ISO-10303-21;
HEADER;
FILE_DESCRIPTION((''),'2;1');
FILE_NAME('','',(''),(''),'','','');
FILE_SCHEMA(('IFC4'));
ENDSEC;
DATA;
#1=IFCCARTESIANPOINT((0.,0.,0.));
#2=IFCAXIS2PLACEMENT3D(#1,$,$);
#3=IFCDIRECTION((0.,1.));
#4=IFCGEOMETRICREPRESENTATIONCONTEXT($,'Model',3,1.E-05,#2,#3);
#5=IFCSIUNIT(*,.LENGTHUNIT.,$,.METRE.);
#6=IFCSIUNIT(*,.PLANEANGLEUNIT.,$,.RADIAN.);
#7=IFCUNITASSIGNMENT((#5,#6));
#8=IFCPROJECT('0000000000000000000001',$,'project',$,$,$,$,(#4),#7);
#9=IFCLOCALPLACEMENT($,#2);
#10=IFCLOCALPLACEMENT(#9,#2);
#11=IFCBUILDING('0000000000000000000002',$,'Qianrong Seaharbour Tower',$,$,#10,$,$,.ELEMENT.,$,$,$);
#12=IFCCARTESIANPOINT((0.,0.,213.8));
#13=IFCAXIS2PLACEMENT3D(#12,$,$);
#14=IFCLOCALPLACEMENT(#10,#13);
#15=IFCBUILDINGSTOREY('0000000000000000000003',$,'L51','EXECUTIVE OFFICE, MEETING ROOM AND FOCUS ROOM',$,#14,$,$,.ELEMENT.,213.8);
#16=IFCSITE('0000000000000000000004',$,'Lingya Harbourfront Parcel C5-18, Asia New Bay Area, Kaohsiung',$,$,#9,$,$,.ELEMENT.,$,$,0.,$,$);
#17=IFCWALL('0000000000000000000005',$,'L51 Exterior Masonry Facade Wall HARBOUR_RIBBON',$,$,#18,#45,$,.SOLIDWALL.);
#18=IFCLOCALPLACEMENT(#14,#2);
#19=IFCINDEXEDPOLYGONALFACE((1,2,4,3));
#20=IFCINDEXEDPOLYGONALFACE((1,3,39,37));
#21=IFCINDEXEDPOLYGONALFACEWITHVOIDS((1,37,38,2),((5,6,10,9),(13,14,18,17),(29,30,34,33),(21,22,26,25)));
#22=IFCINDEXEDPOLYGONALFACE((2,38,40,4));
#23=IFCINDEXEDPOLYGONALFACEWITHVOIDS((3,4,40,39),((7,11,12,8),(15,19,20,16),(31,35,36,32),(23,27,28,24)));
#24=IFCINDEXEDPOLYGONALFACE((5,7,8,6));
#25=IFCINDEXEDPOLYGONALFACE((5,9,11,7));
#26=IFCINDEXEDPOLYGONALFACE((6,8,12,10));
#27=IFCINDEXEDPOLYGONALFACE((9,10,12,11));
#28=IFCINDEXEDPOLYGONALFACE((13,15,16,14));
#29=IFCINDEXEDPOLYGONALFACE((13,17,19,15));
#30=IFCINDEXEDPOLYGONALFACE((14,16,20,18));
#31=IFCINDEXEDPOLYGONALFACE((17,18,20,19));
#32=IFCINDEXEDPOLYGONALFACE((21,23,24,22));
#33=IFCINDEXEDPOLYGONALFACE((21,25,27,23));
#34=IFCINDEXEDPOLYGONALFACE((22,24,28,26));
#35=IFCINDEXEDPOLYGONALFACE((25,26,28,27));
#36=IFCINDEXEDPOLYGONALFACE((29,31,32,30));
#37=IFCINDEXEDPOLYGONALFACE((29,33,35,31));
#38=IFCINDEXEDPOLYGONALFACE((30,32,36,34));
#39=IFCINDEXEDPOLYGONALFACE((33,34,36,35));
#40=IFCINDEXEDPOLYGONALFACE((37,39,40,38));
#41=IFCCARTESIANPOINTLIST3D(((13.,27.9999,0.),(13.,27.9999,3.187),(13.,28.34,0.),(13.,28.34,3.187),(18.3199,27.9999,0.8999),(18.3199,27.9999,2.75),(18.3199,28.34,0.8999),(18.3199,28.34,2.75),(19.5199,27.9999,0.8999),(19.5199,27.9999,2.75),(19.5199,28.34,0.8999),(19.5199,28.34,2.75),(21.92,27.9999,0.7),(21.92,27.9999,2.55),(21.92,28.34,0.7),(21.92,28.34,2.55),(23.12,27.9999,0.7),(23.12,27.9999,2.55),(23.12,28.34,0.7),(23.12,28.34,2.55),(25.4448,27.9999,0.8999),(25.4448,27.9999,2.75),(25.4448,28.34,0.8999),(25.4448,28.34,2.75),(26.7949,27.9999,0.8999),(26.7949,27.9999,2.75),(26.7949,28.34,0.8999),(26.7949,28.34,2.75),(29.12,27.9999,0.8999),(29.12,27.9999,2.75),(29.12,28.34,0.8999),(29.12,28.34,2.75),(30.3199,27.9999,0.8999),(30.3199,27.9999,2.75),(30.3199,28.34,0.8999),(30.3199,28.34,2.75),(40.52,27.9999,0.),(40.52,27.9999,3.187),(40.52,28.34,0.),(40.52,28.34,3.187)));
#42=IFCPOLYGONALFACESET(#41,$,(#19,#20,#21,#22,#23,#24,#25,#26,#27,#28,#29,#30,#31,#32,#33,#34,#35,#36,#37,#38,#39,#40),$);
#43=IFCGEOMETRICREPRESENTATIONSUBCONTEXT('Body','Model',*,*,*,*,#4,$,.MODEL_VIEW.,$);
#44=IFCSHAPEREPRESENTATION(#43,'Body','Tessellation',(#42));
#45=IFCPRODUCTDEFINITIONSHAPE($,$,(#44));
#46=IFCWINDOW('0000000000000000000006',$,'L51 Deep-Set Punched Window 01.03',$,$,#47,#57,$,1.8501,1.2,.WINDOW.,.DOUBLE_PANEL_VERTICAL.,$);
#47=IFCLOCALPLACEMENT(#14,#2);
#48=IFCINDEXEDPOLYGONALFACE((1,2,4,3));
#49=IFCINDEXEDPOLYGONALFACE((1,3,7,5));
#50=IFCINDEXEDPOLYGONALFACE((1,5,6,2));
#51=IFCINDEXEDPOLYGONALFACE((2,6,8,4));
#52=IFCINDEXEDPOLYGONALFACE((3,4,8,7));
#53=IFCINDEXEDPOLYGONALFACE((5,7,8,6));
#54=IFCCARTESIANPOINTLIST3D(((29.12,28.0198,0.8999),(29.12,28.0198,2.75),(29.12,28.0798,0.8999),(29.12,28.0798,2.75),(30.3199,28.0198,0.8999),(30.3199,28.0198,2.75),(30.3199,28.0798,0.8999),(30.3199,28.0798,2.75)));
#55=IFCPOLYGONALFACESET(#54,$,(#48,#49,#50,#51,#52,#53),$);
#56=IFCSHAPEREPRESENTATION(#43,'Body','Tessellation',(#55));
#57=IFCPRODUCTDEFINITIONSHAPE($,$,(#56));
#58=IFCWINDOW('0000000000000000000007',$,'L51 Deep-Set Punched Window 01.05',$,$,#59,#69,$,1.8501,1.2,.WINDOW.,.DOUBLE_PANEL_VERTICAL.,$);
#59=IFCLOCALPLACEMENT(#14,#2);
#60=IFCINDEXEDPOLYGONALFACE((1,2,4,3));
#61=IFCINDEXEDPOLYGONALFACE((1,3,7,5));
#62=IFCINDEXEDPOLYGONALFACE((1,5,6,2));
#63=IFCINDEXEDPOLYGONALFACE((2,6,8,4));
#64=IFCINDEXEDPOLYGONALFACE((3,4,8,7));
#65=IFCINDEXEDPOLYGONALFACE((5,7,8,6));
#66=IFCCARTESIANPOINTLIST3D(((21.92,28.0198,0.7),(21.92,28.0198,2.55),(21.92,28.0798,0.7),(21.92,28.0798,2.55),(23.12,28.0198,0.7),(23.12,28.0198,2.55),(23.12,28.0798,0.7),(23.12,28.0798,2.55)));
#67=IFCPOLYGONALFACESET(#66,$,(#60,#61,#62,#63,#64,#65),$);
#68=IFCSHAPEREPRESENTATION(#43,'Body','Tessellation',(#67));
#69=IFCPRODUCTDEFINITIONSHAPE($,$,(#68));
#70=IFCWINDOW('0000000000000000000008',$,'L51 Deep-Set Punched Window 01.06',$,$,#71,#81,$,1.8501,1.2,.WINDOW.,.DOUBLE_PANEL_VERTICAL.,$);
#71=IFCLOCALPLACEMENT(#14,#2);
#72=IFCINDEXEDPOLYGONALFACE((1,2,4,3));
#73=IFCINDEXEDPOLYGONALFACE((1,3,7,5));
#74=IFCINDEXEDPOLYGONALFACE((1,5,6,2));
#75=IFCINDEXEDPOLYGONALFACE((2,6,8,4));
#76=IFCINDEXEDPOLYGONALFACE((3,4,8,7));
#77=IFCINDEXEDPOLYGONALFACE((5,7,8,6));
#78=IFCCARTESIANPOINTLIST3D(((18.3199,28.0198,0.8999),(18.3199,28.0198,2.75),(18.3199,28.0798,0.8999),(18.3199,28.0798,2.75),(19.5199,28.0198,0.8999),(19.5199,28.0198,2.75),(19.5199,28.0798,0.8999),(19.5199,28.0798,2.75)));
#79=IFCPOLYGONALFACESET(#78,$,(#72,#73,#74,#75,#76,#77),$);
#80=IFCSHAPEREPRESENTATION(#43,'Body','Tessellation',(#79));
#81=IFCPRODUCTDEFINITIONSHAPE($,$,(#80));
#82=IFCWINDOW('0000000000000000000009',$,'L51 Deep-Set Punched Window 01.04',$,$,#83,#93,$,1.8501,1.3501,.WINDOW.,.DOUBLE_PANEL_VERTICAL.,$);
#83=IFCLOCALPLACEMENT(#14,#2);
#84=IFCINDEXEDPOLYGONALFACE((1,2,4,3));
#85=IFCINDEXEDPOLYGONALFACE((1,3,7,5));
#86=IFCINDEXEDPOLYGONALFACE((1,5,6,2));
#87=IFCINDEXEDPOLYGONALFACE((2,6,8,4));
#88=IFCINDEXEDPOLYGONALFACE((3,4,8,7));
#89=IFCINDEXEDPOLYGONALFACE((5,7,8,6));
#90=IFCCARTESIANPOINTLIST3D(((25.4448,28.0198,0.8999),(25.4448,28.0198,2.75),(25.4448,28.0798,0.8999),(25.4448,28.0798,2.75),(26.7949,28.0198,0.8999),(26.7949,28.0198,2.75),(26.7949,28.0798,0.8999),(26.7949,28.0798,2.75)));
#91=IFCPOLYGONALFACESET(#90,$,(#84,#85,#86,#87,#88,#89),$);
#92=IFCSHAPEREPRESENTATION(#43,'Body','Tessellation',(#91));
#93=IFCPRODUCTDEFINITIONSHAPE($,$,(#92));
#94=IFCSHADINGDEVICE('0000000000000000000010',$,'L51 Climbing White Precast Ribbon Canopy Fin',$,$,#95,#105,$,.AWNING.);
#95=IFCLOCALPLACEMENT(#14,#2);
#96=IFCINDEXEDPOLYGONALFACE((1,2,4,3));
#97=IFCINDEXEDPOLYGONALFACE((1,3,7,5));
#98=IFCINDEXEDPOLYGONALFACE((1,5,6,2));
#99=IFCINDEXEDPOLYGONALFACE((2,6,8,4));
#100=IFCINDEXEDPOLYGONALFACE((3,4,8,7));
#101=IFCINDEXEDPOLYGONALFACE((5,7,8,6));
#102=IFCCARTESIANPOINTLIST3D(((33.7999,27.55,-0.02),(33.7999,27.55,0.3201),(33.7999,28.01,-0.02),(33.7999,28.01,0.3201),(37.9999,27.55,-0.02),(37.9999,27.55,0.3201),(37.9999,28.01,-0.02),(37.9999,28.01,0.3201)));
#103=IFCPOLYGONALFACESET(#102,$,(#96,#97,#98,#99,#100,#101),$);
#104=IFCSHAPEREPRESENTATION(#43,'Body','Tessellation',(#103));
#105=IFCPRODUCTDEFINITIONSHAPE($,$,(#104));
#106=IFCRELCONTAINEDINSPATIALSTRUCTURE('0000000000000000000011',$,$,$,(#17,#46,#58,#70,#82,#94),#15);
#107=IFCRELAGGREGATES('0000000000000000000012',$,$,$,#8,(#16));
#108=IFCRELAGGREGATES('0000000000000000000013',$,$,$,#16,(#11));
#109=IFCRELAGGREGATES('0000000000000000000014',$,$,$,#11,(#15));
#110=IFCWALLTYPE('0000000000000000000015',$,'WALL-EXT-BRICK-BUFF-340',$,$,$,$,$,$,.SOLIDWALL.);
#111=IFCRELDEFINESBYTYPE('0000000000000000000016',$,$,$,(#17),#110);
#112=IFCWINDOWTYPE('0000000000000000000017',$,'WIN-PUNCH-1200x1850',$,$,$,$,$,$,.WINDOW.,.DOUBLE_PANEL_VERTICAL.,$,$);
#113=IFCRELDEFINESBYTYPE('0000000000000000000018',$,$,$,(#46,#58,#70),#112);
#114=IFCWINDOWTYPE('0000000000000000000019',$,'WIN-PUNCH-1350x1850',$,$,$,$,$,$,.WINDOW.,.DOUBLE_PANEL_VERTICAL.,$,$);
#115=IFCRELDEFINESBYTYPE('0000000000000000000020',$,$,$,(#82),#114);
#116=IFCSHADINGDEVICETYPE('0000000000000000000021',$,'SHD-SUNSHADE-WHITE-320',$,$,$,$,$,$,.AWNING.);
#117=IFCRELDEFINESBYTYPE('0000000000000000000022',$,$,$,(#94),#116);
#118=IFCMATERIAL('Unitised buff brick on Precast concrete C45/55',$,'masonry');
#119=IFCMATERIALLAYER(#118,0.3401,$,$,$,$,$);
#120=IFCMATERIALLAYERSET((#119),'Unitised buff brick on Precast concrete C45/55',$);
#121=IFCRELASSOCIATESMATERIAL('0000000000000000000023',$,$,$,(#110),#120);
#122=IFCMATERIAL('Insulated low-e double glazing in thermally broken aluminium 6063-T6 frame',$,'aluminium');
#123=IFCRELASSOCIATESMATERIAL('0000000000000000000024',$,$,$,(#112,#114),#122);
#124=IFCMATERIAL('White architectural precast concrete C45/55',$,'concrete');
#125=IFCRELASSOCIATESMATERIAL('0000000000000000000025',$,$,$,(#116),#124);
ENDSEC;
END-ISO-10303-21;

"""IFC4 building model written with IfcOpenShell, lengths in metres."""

from ifc_helpers import new_model, si_unit, direction, frame, frame_2d, origin, origin_2d, place, context, subcontext, project, spatial, rectangle, extrude, material, layer, layer_set, type_object, element, fill, save


model = new_model("IFC4")

# Units and contexts
model_context = context("Model", 3, precision=1e-05, world=origin(), true_north=direction((0.0, 1.0)))
body_context = subcontext(model_context, "Body", "Model", "MODEL_VIEW")
ifc_project = project(units=[si_unit("LENGTHUNIT", "METRE"), si_unit("PLANEANGLEUNIT", "RADIAN")], contexts=[model_context])

# Site, building, storey
site_placement = place(None, origin())
site = spatial("IfcSite", under=ifc_project, at=site_placement, Name="Lingya Harbourfront Parcel C5-18, Asia New Bay Area, Kaohsiung", CompositionType="ELEMENT", RefElevation=0.0)
building_placement = place(site_placement, origin())
building = spatial("IfcBuilding", under=site, at=building_placement, Name="Qianrong Seaharbour Tower", CompositionType="ELEMENT")
storey_placement = place(building_placement, frame((0.0, 0.0, 213.8)))
storey = spatial("IfcBuildingStorey", under=building, at=storey_placement, Name="L51", Description="EXECUTIVE OFFICE, MEETING ROOM AND FOCUS ROOM", CompositionType="ELEMENT", Elevation=213.8)

# Wall, openings, windows
ifc_material_1 = material(Name="Unitised buff brick on Precast concrete C45/55", Category="masonry")
ifc_layer_1 = layer(ifc_material_1, 0.3401)
ifc_layer_set_1 = layer_set([ifc_layer_1], Name="Unitised buff brick on Precast concrete C45/55")
wall_type_1 = type_object("IfcWallType", Name="WALL-EXT-BRICK-BUFF-340", PredefinedType="SOLIDWALL", material=ifc_layer_set_1)
wall_1_placement = place(storey_placement, frame((40.52, 28.1699, 0.0), z_axis=(0.0, 0.0, 1.0), x_axis=(-1.0, 0.0, 0.0)))
wall_1 = element("IfcWall", 1, at=wall_1_placement, inside=storey, type_object=wall_type_1, Name="L51 Exterior Masonry Facade Wall HARBOUR_RIBBON", PredefinedType="SOLIDWALL", context=body_context, shape_type="SweptSolid", body=[
    extrude(rectangle(XDim=27.52, YDim=0.3401, at=frame_2d((13.76, 0.0))), origin(), (0.0, 0.0, 1.0), 3.187),
])
opening_1_placement = place(wall_1_placement, frame((10.2, 0.0, 0.8999)))
opening_1 = element("IfcOpeningElement", 2, at=opening_1_placement, cuts=wall_1, PredefinedType="OPENING", context=body_context, shape_type="SweptSolid", body=[
    extrude(rectangle(XDim=1.2, YDim=1.8501, at=frame_2d((0.6001, 0.925))), frame((0.0, 0.1802, 0.0), z_axis=(0.0, -1.0, 0.0), x_axis=(1.0, 0.0, 0.0)), (0.0, 0.0, 1.0), 0.3601),
])
opening_2_placement = place(wall_1_placement, frame((13.7251, 0.0, 0.8999)))
opening_2 = element("IfcOpeningElement", 3, at=opening_2_placement, cuts=wall_1, PredefinedType="OPENING", context=body_context, shape_type="SweptSolid", body=[
    extrude(rectangle(XDim=1.3501, YDim=1.8501, at=frame_2d((0.675, 0.925))), frame((0.0, 0.1802, 0.0), z_axis=(0.0, -1.0, 0.0), x_axis=(1.0, 0.0, 0.0)), (0.0, 0.0, 1.0), 0.3601),
])
opening_3_placement = place(wall_1_placement, frame((17.3999, 0.0, 0.7)))
opening_3 = element("IfcOpeningElement", 4, at=opening_3_placement, cuts=wall_1, PredefinedType="OPENING", context=body_context, shape_type="SweptSolid", body=[
    extrude(rectangle(XDim=1.2, YDim=1.8501, at=frame_2d((0.6001, 0.925))), frame((0.0, 0.1802, 0.0), z_axis=(0.0, -1.0, 0.0), x_axis=(1.0, 0.0, 0.0)), (0.0, 0.0, 1.0), 0.3601),
])
opening_4_placement = place(wall_1_placement, frame((21.0, 0.0, 0.8999)))
opening_4 = element("IfcOpeningElement", 5, at=opening_4_placement, cuts=wall_1, PredefinedType="OPENING", context=body_context, shape_type="SweptSolid", body=[
    extrude(rectangle(XDim=1.2, YDim=1.8501, at=frame_2d((0.6001, 0.925))), frame((0.0, 0.1802, 0.0), z_axis=(0.0, -1.0, 0.0), x_axis=(1.0, 0.0, 0.0)), (0.0, 0.0, 1.0), 0.3601),
])
ifc_material_2 = material(Name="Insulated low-e double glazing in thermally broken aluminium 6063-T6 frame", Category="aluminium")
window_type_1 = type_object("IfcWindowType", Name="WIN-PUNCH-1200x1850", PartitioningType="DOUBLE_PANEL_VERTICAL", PredefinedType="WINDOW", material=ifc_material_2)
window_1_placement = place(opening_1_placement, origin())
window_1 = element("IfcWindow", 6, at=window_1_placement, inside=storey, type_object=window_type_1, Name="L51 Deep-Set Punched Window 01.03", OverallHeight=1.8501, OverallWidth=1.2, PartitioningType="DOUBLE_PANEL_VERTICAL", PredefinedType="WINDOW", context=body_context, shape_type="SweptSolid", body=[
    extrude(rectangle(XDim=1.2, YDim=1.8501, at=frame_2d((0.6001, 0.925))), frame((0.0, 0.1501, 0.0), z_axis=(0.0, -1.0, 0.0), x_axis=(1.0, 0.0, 0.0)), (0.0, 0.0, 1.0), 0.0601),
])
fill(opening_1, window_1)
window_2_placement = place(opening_3_placement, origin())
window_2 = element("IfcWindow", 7, at=window_2_placement, inside=storey, type_object=window_type_1, Name="L51 Deep-Set Punched Window 01.05", OverallHeight=1.8501, OverallWidth=1.2, PartitioningType="DOUBLE_PANEL_VERTICAL", PredefinedType="WINDOW", context=body_context, shape_type="SweptSolid", body=[
    extrude(rectangle(XDim=1.2, YDim=1.8501, at=frame_2d((0.6001, 0.925))), frame((0.0, 0.1501, 0.0), z_axis=(0.0, -1.0, 0.0), x_axis=(1.0, 0.0, 0.0)), (0.0, 0.0, 1.0), 0.0601),
])
fill(opening_3, window_2)
window_3_placement = place(opening_4_placement, origin())
window_3 = element("IfcWindow", 8, at=window_3_placement, inside=storey, type_object=window_type_1, Name="L51 Deep-Set Punched Window 01.06", OverallHeight=1.8501, OverallWidth=1.2, PartitioningType="DOUBLE_PANEL_VERTICAL", PredefinedType="WINDOW", context=body_context, shape_type="SweptSolid", body=[
    extrude(rectangle(XDim=1.2, YDim=1.8501, at=frame_2d((0.6001, 0.925))), frame((0.0, 0.1501, 0.0), z_axis=(0.0, -1.0, 0.0), x_axis=(1.0, 0.0, 0.0)), (0.0, 0.0, 1.0), 0.0601),
])
fill(opening_4, window_3)
window_type_2 = type_object("IfcWindowType", Name="WIN-PUNCH-1350x1850", PartitioningType="DOUBLE_PANEL_VERTICAL", PredefinedType="WINDOW", material=ifc_material_2)
window_4_placement = place(opening_2_placement, origin())
window_4 = element("IfcWindow", 9, at=window_4_placement, inside=storey, type_object=window_type_2, Name="L51 Deep-Set Punched Window 01.04", OverallHeight=1.8501, OverallWidth=1.3501, PartitioningType="DOUBLE_PANEL_VERTICAL", PredefinedType="WINDOW", context=body_context, shape_type="SweptSolid", body=[
    extrude(rectangle(XDim=1.3501, YDim=1.8501, at=frame_2d((0.675, 0.925))), frame((0.0, 0.1501, 0.0), z_axis=(0.0, -1.0, 0.0), x_axis=(1.0, 0.0, 0.0)), (0.0, 0.0, 1.0), 0.0601),
])
fill(opening_2, window_4)

# Shading device
ifc_material_3 = material(Name="White architectural precast concrete C45/55", Category="concrete")
shading_device_type = type_object("IfcShadingDeviceType", Name="SHD-SUNSHADE-WHITE-320", PredefinedType="AWNING", material=ifc_material_3)
shading_device_placement = place(storey_placement, frame((35.8999, 27.78, -0.02), z_axis=(0.0, 0.0, 1.0), x_axis=(1.0, 0.0, 0.0)))
element("IfcShadingDevice", 10, at=shading_device_placement, inside=storey, type_object=shading_device_type, Name="L51 Climbing White Precast Ribbon Canopy Fin", PredefinedType="AWNING", context=body_context, shape_type="SweptSolid", body=[
    extrude(rectangle(XDim=4.2, YDim=0.46, at=origin_2d()), origin(), (0.0, 0.0, 1.0), 0.3401),
])

save(model, "model.ifc")
